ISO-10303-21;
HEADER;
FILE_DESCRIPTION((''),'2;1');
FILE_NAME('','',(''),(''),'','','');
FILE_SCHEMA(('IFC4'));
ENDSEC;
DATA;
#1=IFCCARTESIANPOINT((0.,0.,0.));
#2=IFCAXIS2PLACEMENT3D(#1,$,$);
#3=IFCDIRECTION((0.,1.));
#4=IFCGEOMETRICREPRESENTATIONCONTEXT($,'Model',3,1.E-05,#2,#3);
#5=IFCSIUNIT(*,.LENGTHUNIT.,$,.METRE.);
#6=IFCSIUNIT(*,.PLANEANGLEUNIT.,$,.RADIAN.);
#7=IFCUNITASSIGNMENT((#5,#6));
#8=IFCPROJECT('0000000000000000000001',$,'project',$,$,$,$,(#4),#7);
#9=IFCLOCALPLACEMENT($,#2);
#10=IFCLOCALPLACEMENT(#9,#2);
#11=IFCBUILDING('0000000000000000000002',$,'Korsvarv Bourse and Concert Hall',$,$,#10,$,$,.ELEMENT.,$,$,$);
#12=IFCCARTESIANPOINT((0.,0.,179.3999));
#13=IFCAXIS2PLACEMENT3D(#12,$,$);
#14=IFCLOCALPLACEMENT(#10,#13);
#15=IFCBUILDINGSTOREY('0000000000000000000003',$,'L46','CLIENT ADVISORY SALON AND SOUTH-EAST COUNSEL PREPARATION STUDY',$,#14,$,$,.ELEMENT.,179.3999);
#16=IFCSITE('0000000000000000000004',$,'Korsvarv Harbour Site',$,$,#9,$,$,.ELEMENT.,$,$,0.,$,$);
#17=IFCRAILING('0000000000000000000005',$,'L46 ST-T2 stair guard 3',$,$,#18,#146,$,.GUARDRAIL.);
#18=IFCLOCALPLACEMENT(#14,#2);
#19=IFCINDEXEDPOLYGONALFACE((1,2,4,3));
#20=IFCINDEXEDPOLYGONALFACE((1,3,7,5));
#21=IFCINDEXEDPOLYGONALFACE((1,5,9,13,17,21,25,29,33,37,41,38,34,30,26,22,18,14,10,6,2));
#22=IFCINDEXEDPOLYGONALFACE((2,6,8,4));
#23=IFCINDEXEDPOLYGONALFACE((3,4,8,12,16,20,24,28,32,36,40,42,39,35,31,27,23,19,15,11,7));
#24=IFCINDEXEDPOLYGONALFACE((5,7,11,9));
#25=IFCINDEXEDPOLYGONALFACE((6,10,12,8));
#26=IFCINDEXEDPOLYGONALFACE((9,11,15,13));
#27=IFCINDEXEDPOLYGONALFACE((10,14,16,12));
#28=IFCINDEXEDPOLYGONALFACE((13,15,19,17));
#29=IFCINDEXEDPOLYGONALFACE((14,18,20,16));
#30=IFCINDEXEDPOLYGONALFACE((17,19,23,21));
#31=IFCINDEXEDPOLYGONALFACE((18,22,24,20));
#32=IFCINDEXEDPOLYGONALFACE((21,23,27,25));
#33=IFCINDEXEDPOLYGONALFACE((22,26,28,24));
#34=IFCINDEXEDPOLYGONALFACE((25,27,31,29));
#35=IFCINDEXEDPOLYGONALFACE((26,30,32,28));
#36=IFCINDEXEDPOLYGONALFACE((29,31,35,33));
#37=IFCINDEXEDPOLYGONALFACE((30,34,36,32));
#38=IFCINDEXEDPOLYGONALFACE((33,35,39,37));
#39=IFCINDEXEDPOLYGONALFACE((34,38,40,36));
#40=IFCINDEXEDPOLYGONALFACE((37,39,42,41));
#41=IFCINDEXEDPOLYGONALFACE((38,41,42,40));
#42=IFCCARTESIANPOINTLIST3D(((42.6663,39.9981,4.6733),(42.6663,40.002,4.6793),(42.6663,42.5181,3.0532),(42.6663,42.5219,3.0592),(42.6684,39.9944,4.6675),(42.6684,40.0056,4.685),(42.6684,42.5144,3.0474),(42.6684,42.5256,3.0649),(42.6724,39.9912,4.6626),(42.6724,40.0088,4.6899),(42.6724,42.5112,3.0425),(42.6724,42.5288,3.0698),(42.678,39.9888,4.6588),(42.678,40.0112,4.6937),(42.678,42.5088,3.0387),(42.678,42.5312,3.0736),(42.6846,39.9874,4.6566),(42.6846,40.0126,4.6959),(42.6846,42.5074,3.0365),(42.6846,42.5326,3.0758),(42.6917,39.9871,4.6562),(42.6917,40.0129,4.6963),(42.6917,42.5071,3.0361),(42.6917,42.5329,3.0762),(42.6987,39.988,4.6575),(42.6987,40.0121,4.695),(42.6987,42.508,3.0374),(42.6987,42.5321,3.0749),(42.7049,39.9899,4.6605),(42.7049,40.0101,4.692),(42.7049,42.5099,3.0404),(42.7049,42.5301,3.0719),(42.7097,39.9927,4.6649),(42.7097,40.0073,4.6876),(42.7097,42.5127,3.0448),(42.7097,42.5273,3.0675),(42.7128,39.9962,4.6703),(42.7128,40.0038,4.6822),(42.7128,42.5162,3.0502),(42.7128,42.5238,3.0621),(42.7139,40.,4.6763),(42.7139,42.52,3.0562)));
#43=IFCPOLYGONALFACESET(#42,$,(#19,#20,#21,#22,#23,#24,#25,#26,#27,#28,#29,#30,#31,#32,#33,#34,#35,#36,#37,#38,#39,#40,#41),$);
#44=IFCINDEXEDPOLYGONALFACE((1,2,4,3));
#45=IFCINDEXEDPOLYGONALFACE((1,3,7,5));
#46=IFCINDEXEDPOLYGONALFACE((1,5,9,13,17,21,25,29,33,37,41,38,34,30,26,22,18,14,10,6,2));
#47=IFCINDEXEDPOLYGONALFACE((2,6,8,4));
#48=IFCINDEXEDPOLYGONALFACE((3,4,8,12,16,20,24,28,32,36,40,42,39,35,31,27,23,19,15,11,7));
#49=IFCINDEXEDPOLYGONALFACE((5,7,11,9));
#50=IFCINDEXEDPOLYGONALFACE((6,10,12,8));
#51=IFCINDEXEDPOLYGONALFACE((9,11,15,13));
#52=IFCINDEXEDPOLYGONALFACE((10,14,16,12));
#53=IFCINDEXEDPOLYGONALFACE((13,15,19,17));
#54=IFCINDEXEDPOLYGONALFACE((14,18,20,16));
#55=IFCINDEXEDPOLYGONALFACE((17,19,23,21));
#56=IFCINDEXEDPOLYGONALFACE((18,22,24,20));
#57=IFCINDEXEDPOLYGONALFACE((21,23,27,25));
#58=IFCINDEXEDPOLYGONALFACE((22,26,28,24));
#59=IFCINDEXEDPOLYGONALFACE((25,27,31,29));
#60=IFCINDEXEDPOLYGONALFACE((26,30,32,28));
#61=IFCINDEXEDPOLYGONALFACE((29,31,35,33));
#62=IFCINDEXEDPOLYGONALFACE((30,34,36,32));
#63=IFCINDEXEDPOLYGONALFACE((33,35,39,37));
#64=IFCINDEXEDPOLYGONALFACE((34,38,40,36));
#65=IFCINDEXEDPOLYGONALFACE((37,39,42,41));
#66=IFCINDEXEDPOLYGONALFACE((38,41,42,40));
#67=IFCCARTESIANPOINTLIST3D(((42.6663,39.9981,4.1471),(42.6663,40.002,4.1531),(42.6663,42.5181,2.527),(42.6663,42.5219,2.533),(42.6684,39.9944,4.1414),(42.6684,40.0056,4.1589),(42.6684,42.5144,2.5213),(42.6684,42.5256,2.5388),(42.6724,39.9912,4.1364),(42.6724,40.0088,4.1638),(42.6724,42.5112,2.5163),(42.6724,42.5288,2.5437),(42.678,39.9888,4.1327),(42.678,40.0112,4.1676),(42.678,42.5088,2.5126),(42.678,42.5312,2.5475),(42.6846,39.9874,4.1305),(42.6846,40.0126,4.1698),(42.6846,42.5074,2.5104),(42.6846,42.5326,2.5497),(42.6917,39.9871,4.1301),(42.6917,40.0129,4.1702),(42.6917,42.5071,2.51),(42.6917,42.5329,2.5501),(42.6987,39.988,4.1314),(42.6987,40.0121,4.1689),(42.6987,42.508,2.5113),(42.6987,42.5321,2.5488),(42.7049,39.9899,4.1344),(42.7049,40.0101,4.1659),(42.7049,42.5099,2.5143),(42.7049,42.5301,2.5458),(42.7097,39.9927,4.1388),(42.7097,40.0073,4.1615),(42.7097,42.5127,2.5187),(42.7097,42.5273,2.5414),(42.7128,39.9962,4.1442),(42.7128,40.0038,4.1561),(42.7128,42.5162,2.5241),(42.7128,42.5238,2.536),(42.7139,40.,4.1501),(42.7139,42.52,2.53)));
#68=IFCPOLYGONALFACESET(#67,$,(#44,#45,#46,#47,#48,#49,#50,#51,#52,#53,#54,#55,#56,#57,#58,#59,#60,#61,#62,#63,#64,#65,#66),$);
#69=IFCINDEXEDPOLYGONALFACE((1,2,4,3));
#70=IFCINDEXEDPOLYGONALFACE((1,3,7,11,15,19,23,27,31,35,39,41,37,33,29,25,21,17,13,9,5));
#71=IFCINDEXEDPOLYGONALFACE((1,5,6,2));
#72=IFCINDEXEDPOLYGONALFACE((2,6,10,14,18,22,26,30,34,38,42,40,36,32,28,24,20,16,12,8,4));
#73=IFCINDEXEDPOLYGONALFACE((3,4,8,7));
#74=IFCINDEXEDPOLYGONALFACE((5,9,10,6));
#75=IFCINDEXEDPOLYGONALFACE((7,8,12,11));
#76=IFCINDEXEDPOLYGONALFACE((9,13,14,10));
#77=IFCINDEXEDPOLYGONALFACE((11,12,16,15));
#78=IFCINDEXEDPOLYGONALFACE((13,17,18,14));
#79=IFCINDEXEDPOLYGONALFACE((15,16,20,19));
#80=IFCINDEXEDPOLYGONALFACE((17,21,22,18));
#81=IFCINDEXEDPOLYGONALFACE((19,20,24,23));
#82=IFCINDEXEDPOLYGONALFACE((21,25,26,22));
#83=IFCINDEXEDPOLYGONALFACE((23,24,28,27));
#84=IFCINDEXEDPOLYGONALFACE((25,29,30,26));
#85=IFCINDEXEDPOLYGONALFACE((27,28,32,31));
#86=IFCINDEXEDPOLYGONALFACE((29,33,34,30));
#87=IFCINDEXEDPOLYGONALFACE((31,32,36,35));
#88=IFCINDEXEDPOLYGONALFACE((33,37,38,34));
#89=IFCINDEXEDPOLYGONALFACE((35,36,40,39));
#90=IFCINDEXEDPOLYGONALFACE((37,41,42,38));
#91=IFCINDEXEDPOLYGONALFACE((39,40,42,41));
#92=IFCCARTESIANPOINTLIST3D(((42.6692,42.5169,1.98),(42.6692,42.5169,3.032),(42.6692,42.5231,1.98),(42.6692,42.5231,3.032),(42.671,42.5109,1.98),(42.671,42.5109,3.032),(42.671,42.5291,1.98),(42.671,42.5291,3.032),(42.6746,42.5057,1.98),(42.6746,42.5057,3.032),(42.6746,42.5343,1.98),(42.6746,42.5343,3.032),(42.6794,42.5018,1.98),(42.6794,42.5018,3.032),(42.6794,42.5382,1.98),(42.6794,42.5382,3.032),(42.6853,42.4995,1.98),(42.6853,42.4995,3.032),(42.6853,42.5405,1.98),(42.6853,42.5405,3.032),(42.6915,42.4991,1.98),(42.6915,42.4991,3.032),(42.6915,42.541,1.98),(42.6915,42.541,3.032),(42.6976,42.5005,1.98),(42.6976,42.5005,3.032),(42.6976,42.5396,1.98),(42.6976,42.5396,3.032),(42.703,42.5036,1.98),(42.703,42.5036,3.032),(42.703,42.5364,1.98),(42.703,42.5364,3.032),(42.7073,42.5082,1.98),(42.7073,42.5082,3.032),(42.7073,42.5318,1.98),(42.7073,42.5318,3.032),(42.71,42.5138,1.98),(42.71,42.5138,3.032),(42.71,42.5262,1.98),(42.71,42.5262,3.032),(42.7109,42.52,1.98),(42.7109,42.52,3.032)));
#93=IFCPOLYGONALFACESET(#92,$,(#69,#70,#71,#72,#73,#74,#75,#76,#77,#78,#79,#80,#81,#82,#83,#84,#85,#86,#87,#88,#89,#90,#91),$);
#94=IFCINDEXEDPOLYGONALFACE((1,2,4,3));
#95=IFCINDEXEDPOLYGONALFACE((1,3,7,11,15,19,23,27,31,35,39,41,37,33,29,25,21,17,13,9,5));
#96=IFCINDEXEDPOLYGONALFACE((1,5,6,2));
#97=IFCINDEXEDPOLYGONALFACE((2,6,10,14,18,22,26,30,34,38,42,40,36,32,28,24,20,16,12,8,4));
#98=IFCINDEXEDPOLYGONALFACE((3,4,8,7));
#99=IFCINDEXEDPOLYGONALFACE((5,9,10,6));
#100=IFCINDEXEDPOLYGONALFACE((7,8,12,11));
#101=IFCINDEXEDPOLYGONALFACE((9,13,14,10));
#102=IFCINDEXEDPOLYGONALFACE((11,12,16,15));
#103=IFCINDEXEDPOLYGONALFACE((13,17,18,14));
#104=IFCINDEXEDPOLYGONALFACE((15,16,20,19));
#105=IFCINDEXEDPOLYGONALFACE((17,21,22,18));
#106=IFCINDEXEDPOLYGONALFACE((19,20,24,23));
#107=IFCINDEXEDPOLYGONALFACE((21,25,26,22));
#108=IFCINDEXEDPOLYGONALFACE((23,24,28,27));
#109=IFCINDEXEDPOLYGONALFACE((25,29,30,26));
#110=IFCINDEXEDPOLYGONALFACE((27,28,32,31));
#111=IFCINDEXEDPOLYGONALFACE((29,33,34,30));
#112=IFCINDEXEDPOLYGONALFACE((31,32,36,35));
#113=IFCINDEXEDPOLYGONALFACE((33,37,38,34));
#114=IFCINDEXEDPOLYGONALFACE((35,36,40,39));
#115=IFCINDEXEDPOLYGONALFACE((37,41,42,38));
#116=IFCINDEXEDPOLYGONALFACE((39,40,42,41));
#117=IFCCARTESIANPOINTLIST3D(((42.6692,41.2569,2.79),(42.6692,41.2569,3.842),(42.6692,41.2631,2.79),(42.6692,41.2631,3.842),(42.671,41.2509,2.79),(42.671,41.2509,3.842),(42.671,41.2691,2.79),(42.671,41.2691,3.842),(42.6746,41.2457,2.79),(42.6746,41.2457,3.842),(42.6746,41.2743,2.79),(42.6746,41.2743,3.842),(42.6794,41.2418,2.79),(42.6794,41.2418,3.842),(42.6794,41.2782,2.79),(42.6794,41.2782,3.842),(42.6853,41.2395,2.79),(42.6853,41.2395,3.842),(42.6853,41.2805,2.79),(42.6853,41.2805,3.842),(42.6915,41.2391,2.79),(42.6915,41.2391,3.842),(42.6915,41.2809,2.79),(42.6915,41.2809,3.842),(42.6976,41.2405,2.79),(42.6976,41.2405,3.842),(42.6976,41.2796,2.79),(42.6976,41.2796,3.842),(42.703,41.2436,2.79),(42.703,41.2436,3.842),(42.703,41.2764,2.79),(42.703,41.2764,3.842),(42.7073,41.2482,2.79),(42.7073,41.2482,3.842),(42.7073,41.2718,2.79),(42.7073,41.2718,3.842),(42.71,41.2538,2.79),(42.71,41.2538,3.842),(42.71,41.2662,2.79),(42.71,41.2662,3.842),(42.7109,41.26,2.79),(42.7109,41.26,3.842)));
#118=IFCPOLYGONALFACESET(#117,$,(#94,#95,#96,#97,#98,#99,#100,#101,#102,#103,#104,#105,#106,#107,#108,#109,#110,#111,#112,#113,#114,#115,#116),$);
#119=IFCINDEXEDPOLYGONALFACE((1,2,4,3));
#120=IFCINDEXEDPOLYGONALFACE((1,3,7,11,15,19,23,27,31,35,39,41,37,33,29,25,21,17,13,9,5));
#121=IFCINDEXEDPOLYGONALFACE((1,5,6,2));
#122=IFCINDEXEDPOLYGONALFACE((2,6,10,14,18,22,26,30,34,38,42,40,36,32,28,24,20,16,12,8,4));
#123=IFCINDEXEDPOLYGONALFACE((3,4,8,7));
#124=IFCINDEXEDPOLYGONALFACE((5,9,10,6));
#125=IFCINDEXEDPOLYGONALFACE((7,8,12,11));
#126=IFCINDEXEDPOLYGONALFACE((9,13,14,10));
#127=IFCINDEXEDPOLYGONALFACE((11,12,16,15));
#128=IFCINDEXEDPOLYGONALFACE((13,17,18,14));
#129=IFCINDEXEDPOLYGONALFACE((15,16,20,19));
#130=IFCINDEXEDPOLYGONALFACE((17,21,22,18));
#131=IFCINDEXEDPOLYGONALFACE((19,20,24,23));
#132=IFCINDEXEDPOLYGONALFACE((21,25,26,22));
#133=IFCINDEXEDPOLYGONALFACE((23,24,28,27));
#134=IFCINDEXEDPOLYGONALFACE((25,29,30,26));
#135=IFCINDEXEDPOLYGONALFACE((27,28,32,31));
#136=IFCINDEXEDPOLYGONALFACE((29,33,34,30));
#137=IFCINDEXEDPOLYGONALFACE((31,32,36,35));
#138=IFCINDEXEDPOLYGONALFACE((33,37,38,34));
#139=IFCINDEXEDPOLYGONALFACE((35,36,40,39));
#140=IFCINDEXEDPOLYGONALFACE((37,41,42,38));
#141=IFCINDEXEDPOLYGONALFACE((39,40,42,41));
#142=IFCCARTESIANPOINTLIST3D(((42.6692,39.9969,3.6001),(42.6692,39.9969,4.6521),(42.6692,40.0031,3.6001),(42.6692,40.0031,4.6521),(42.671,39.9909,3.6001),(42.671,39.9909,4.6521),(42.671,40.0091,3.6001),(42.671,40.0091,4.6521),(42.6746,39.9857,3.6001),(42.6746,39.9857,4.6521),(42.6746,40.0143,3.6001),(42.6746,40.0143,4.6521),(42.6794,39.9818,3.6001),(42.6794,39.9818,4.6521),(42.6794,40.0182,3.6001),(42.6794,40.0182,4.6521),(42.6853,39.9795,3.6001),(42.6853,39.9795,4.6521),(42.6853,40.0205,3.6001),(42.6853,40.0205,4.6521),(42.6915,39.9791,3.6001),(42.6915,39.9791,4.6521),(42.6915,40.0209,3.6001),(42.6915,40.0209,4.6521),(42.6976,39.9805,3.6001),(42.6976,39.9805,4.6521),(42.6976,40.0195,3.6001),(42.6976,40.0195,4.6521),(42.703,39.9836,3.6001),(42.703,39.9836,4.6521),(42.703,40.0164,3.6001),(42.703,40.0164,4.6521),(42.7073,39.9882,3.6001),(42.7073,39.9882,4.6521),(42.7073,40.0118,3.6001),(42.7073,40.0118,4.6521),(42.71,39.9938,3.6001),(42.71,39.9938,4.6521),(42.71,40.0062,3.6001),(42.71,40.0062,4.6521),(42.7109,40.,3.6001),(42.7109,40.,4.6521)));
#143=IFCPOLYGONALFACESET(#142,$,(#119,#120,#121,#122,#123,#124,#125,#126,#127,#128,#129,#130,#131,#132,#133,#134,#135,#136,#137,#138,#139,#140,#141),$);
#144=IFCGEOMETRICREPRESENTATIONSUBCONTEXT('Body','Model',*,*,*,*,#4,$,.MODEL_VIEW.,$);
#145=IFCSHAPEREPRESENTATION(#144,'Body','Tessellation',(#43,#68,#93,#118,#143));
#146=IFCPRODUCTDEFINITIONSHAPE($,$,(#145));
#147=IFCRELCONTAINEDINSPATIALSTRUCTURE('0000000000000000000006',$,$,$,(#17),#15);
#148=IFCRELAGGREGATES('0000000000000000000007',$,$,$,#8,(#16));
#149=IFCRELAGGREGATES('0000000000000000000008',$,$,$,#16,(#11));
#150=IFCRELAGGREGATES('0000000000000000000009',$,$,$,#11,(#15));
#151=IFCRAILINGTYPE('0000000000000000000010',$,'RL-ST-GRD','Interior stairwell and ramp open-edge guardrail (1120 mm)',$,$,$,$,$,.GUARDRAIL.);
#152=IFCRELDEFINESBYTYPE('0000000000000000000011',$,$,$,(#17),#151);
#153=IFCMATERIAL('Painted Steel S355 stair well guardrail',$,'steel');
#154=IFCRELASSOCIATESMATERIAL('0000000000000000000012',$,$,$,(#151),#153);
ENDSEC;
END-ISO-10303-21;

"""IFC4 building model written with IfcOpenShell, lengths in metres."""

from ifc_helpers import new_model, si_unit, direction, frame, origin, origin_2d, place, context, subcontext, project, spatial, circle, extrude, material, type_object, element, save


model = new_model("IFC4")

# Units and contexts
model_context = context("Model", 3, precision=1e-05, world=origin(), true_north=direction((0.0, 1.0)))
body_context = subcontext(model_context, "Body", "Model", "MODEL_VIEW")
ifc_project = project(units=[si_unit("LENGTHUNIT", "METRE"), si_unit("PLANEANGLEUNIT", "RADIAN")], contexts=[model_context])

# Site, building, storey
site_placement = place(None, origin())
site = spatial("IfcSite", under=ifc_project, at=site_placement, Name="Korsvarv Harbour Site", CompositionType="ELEMENT", RefElevation=0.0)
building_placement = place(site_placement, origin())
building = spatial("IfcBuilding", under=site, at=building_placement, Name="Korsvarv Bourse and Concert Hall", CompositionType="ELEMENT")
storey_placement = place(building_placement, frame((0.0, 0.0, 179.3999)))
storey = spatial("IfcBuildingStorey", under=building, at=storey_placement, Name="L46", Description="CLIENT ADVISORY SALON AND SOUTH-EAST COUNSEL PREPARATION STUDY", CompositionType="ELEMENT", Elevation=179.3999)

# Railing
ifc_material_1 = material(Name="Painted Steel S355 stair well guardrail", Category="steel")
railing_type_1 = type_object("IfcRailingType", Name="RL-ST-GRD", Description="Interior stairwell and ramp open-edge guardrail (1120 mm)", PredefinedType="GUARDRAIL", material=ifc_material_1)
railing_1_placement = place(storey_placement, frame((42.6899, 42.52, 1.98)))
element("IfcRailing", 1, at=railing_1_placement, inside=storey, type_object=railing_type_1, Name="L46 ST-T2 stair guard 3", PredefinedType="GUARDRAIL", context=body_context, shape_type="SweptSolid", body=[
    extrude(circle(Radius=0.0239, at=origin_2d()), frame((0.0, 0.0, 1.0762), z_axis=(0.0, -0.841163, 0.540782), x_axis=(1.0, 0.0, 0.0)), (0.0, 0.0, 1.0), 2.9958),
    extrude(circle(Radius=0.0239, at=origin_2d()), frame((0.0, 0.0, 0.55), z_axis=(0.0, -0.841163, 0.540782), x_axis=(1.0, 0.0, 0.0)), (0.0, 0.0, 1.0), 2.9958),
    extrude(circle(Radius=0.021, at=origin_2d()), origin(), (0.0, 0.0, 1.0), 1.052),
    extrude(circle(Radius=0.021, at=origin_2d()), frame((0.0, -1.26, 0.8101)), (0.0, 0.0, 1.0), 1.052),
    extrude(circle(Radius=0.021, at=origin_2d()), frame((0.0, -2.52, 1.6201)), (0.0, 0.0, 1.0), 1.052),
])

save(model, "model.ifc")
